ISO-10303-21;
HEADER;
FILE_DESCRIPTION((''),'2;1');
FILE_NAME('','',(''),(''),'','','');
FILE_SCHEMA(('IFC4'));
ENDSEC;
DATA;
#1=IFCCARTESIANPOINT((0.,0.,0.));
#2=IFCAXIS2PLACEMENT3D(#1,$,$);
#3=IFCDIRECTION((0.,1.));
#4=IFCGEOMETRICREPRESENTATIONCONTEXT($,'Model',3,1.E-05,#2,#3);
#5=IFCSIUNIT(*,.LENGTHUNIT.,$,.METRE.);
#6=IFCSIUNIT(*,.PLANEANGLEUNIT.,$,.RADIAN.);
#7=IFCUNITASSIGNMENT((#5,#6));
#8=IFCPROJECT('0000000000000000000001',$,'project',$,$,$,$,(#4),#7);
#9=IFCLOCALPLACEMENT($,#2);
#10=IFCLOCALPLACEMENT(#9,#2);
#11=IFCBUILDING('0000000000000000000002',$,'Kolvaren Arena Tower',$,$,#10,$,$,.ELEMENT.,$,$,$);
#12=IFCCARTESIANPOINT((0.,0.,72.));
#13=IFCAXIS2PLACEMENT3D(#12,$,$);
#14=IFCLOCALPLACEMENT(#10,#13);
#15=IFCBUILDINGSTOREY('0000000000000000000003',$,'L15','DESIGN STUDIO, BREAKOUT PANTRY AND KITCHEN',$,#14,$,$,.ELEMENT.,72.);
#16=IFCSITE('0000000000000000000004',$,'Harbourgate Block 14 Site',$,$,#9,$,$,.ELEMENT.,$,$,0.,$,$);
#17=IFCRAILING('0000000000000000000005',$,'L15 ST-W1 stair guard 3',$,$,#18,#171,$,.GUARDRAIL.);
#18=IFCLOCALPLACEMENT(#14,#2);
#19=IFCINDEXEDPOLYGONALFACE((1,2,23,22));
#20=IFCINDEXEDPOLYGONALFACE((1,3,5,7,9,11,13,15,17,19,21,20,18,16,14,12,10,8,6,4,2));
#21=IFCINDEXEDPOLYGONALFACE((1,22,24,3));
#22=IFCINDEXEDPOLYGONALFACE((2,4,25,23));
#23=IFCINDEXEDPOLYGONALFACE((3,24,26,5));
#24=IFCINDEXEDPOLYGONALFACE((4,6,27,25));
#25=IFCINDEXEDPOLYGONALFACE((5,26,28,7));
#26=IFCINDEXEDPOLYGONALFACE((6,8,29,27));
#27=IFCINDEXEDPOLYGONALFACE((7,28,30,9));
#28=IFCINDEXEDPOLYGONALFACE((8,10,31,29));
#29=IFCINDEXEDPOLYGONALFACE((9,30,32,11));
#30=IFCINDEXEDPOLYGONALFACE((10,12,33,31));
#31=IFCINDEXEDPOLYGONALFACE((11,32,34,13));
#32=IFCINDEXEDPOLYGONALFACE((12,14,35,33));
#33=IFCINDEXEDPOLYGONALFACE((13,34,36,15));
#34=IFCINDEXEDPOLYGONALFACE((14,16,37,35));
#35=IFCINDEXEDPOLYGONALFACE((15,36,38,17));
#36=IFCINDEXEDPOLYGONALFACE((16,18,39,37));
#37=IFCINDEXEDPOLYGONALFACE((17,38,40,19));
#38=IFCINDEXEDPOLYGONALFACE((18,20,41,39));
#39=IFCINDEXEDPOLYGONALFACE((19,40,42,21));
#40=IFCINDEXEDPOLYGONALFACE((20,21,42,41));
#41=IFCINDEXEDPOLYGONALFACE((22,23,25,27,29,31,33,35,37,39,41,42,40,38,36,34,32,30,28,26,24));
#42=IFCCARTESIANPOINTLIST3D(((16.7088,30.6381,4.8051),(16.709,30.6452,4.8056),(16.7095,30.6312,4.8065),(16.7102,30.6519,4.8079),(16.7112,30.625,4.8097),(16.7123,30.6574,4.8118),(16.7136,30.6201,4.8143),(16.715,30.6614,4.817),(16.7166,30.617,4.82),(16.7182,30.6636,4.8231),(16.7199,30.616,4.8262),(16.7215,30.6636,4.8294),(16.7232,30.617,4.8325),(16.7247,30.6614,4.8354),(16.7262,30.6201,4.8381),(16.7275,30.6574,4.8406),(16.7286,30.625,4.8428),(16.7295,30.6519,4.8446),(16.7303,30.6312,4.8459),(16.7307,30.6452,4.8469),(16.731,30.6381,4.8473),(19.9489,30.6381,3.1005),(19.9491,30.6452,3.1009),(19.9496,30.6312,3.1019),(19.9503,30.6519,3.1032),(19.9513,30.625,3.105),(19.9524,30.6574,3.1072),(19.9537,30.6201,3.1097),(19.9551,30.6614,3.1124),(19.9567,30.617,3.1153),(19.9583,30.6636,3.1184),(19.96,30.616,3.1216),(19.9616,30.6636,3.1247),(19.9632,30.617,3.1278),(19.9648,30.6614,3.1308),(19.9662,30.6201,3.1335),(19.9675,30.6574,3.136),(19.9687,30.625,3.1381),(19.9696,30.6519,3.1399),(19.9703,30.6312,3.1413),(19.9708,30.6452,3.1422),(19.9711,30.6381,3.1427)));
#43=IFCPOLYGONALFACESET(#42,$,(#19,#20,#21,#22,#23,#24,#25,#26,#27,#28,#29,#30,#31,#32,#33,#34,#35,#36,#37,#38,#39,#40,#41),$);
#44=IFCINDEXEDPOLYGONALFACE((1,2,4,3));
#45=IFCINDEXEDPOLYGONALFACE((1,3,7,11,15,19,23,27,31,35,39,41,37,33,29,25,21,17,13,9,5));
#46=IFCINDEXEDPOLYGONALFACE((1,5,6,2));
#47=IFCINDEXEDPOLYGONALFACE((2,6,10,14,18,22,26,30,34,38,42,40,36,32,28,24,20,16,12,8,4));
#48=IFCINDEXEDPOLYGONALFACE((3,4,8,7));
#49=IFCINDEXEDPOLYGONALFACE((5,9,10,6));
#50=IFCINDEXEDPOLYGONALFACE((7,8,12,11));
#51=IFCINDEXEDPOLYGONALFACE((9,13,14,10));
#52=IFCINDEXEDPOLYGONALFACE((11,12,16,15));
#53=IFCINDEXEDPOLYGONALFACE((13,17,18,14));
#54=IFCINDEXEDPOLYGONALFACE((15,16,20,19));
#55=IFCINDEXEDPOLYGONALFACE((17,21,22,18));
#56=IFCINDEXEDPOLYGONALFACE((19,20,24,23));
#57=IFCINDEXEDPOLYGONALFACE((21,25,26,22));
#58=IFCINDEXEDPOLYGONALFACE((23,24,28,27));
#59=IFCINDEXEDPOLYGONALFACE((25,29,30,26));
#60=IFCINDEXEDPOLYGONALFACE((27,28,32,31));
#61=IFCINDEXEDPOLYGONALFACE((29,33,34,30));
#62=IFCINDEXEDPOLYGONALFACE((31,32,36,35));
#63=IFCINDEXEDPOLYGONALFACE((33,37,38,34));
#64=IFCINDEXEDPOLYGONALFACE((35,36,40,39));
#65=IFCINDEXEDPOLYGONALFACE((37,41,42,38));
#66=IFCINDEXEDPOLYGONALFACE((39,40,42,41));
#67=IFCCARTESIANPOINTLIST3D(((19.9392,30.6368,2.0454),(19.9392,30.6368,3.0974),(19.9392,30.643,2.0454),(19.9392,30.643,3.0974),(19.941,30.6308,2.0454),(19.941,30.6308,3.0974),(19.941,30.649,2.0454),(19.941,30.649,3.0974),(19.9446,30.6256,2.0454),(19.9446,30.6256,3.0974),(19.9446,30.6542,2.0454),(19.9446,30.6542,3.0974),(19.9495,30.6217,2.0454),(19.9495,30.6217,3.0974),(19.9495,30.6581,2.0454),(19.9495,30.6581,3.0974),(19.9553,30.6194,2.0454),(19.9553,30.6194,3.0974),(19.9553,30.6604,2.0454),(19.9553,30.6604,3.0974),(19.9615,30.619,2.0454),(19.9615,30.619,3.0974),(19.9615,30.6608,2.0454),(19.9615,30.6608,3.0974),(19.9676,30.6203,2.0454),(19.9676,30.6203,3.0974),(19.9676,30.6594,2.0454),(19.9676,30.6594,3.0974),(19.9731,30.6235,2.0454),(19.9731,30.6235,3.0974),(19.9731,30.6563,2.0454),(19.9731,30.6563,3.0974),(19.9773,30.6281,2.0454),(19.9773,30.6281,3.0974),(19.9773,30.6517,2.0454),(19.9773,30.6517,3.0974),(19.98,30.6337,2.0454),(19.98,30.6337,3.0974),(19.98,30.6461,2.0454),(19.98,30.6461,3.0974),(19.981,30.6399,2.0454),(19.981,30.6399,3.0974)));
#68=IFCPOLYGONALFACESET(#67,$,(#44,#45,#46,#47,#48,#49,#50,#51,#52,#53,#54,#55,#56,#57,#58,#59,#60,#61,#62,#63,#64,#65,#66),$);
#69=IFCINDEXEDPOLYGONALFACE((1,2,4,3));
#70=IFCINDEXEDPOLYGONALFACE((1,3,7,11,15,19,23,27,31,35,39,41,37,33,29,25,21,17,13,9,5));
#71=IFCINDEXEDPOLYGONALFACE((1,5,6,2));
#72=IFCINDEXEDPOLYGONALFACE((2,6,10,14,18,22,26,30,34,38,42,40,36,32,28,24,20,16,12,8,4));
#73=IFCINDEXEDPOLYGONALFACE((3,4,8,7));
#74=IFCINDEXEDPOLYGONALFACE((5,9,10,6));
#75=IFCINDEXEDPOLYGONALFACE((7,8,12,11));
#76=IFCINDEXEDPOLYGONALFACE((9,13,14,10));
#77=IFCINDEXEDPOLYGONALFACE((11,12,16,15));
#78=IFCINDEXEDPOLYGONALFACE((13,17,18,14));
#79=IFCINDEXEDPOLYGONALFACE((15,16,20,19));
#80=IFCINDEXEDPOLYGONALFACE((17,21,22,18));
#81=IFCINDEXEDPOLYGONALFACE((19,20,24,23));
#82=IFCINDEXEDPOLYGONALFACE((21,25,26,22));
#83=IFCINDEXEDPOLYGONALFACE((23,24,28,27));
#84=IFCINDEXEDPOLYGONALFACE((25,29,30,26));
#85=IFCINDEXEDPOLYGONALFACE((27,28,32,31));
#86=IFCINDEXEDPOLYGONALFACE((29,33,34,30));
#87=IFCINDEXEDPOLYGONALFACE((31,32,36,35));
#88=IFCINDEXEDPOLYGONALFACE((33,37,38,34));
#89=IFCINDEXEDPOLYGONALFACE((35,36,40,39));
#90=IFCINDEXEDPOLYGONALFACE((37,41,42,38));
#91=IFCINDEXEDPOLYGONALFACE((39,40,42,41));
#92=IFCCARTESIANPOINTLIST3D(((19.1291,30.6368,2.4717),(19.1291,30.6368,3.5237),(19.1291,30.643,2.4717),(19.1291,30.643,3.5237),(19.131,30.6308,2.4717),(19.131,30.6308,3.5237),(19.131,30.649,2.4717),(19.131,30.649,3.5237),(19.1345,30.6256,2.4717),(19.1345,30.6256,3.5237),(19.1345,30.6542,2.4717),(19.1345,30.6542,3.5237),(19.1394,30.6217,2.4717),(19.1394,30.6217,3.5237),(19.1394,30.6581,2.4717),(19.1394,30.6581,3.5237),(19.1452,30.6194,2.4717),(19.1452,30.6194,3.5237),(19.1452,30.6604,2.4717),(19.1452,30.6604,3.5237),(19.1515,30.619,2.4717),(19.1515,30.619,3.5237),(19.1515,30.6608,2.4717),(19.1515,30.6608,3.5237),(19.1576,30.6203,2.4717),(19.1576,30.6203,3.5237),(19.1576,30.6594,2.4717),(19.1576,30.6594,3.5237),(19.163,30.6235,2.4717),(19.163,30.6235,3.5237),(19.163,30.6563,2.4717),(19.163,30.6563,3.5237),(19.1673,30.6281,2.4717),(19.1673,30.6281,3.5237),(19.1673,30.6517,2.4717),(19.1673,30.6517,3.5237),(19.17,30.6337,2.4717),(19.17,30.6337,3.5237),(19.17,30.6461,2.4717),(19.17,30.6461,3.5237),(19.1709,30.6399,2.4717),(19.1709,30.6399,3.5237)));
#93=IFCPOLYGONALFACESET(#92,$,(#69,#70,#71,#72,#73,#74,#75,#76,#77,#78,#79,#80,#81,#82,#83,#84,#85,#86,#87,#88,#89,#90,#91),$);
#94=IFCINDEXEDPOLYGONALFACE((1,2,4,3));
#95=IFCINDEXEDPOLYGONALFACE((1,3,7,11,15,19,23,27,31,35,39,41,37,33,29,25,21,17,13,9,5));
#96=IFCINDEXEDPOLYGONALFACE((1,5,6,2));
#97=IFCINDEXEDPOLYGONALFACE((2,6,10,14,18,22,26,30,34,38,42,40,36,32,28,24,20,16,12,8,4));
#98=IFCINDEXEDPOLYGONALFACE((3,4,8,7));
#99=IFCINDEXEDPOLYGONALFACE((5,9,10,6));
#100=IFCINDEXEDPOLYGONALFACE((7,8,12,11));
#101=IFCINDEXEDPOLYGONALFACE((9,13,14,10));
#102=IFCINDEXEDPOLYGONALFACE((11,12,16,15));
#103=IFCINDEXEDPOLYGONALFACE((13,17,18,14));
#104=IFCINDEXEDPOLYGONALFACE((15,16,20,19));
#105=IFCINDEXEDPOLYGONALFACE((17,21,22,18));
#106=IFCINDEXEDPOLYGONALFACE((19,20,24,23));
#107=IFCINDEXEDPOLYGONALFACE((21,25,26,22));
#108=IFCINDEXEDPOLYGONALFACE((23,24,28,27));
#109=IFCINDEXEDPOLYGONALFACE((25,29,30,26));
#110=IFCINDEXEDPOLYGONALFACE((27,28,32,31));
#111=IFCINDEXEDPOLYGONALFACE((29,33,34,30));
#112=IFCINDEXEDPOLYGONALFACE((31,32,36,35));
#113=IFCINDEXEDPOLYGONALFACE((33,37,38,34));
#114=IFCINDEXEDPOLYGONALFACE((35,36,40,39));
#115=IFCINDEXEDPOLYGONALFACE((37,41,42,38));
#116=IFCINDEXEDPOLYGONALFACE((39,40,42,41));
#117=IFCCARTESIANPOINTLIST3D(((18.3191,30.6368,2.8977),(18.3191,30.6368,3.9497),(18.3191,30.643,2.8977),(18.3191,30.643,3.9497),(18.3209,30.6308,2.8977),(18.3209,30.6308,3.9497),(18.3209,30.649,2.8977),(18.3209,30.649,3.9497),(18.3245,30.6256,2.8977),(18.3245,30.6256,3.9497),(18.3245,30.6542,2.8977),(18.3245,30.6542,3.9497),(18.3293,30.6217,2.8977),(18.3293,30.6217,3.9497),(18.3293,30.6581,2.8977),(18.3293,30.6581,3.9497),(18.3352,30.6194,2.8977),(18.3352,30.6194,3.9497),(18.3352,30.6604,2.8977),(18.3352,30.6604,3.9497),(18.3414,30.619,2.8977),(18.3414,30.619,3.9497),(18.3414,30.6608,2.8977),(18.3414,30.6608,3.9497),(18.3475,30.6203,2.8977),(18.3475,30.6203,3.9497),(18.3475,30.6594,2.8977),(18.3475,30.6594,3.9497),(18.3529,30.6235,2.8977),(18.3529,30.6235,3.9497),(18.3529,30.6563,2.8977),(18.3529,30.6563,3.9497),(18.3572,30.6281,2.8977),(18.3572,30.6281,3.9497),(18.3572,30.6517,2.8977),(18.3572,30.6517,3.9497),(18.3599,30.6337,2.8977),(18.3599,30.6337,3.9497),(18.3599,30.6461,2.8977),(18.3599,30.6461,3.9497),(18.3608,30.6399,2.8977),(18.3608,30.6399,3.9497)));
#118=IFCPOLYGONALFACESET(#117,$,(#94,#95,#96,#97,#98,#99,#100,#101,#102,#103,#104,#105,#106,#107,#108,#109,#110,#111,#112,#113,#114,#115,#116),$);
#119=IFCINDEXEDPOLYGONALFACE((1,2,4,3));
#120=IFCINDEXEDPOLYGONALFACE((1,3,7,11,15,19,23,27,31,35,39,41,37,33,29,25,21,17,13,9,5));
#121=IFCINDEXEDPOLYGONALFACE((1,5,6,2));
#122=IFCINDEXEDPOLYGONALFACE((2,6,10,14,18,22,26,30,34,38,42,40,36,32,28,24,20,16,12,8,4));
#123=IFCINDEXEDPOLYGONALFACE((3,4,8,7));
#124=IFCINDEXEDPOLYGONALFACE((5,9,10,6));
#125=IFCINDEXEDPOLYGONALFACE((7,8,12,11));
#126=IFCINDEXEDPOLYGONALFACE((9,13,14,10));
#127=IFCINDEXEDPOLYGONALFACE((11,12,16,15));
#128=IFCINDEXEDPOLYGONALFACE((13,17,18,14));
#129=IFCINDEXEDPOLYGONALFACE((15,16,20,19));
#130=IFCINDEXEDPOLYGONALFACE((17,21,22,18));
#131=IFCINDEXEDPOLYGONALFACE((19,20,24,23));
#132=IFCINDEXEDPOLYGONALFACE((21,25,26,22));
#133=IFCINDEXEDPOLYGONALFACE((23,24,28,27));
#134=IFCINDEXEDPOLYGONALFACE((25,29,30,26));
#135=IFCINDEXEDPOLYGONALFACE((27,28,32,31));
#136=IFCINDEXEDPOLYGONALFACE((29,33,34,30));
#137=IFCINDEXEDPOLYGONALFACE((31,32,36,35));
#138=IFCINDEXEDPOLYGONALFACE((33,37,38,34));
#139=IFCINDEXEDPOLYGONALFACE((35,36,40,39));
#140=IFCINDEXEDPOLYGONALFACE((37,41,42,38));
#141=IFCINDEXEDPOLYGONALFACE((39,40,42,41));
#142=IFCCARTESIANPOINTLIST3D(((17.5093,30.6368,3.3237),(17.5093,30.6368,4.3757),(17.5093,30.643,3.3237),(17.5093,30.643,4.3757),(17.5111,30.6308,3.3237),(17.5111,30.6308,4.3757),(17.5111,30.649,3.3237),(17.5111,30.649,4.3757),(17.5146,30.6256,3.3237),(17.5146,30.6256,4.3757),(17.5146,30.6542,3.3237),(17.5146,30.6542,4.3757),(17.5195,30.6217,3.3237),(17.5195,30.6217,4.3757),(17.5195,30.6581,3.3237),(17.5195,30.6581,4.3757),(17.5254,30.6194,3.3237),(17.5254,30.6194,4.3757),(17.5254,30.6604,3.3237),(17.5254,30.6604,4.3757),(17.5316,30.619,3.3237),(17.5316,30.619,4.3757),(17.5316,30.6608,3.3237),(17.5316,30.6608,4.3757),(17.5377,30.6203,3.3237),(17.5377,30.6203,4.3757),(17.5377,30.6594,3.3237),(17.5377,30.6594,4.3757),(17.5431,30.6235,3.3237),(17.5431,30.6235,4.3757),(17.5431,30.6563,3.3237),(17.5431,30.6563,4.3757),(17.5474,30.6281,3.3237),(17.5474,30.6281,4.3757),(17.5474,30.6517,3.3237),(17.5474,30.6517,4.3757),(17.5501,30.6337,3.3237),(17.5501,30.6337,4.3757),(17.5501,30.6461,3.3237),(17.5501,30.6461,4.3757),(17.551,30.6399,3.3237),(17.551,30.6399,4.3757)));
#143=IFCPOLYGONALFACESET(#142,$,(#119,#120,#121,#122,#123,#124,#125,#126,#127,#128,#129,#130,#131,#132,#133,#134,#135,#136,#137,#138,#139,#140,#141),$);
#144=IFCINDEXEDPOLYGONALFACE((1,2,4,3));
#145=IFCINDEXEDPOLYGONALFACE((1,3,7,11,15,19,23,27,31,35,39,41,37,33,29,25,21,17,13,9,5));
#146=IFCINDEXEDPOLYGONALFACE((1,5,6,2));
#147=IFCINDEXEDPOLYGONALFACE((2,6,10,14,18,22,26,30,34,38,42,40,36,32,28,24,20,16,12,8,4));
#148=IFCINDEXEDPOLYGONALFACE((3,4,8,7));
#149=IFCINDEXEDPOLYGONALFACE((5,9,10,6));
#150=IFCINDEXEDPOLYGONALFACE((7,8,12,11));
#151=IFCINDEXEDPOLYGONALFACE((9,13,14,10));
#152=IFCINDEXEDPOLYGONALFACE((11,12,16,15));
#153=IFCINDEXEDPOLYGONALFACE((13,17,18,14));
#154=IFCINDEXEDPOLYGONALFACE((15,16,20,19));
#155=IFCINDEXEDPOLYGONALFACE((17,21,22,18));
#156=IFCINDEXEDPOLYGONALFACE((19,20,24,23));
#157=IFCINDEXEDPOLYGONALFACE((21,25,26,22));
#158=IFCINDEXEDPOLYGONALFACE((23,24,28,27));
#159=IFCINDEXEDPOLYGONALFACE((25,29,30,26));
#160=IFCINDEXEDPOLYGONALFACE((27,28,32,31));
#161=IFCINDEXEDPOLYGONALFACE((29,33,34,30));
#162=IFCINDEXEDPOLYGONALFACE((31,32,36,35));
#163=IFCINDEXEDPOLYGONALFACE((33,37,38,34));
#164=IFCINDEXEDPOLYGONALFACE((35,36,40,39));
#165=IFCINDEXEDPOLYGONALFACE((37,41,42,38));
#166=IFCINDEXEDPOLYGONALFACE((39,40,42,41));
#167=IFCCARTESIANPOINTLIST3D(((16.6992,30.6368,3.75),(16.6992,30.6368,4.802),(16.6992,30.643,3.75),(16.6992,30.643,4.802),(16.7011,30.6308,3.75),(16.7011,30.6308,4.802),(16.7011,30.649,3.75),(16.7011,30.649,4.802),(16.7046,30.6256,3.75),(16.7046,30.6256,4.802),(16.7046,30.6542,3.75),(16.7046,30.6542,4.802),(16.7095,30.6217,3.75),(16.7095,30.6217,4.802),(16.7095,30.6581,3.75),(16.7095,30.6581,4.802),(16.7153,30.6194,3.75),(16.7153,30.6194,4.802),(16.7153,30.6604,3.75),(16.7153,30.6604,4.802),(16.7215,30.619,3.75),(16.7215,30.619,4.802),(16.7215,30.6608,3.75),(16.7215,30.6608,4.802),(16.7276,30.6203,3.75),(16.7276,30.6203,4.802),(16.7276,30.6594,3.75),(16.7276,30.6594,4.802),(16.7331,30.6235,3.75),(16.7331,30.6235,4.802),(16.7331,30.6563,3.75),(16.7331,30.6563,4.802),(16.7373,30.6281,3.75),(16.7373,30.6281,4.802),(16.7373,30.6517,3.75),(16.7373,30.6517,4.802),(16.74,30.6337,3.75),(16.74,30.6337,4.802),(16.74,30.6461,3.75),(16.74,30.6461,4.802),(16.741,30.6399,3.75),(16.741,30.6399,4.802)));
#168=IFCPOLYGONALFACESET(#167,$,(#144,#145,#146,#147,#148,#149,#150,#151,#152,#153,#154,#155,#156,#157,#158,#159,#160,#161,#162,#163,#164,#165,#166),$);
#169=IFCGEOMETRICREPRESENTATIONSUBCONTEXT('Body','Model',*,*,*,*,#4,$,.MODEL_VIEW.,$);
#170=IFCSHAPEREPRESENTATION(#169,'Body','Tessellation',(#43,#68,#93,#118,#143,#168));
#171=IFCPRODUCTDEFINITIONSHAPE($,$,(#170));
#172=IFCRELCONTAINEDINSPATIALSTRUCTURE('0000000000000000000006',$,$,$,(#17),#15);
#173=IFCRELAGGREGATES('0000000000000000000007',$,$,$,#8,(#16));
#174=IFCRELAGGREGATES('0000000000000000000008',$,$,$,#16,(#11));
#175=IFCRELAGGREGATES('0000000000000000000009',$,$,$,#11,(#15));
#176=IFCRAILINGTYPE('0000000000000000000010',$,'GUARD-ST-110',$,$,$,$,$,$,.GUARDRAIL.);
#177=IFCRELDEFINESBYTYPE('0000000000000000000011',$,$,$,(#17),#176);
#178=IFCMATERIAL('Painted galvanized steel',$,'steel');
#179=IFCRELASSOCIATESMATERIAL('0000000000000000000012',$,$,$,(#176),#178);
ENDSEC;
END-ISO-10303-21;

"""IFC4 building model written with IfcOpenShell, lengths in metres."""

from ifc_helpers import new_model, si_unit, direction, frame, origin, origin_2d, place, context, subcontext, project, spatial, circle, extrude, material, type_object, element, save


model = new_model("IFC4")

# Units and contexts
model_context = context("Model", 3, precision=1e-05, world=origin(), true_north=direction((0.0, 1.0)))
body_context = subcontext(model_context, "Body", "Model", "MODEL_VIEW")
ifc_project = project(units=[si_unit("LENGTHUNIT", "METRE"), si_unit("PLANEANGLEUNIT", "RADIAN")], contexts=[model_context])

# Site, building, storey
site_placement = place(None, origin())
site = spatial("IfcSite", under=ifc_project, at=site_placement, Name="Harbourgate Block 14 Site", CompositionType="ELEMENT", RefElevation=0.0)
building_placement = place(site_placement, origin())
building = spatial("IfcBuilding", under=site, at=building_placement, Name="Kolvaren Arena Tower", CompositionType="ELEMENT")
storey_placement = place(building_placement, frame((0.0, 0.0, 72.0)))
storey = spatial("IfcBuildingStorey", under=building, at=storey_placement, Name="L15", Description="DESIGN STUDIO, BREAKOUT PANTRY AND KITCHEN", CompositionType="ELEMENT", Elevation=72.0)

# Railing
ifc_material_1 = material(Name="Painted galvanized steel", Category="steel")
railing_type = type_object("IfcRailingType", Name="GUARD-ST-110", PredefinedType="GUARDRAIL", material=ifc_material_1)
railing_1_placement = place(storey_placement, frame((19.96, 30.6399, 2.0454)))
element("IfcRailing", 1, at=railing_1_placement, inside=storey, type_object=railing_type, Name="L15 ST-W1 stair guard 3", PredefinedType="GUARDRAIL", context=body_context, shape_type="SweptSolid", body=[
    extrude(circle(Radius=0.0239, at=origin_2d()), frame((0.0, 0.0, 1.0762), z_axis=(-0.884993, 0.0, 0.465604), x_axis=(0.0, -1.0, 0.0)), (0.0, 0.0, 1.0), 3.6611),
    extrude(circle(Radius=0.021, at=origin_2d()), origin(), (0.0, 0.0, 1.0), 1.052),
    extrude(circle(Radius=0.021, at=origin_2d()), frame((-0.8101, 0.0, 0.4263)), (0.0, 0.0, 1.0), 1.052),
    extrude(circle(Radius=0.021, at=origin_2d()), frame((-1.6201, 0.0, 0.8523)), (0.0, 0.0, 1.0), 1.052),
    extrude(circle(Radius=0.021, at=origin_2d()), frame((-2.4299, 0.0, 1.2783)), (0.0, 0.0, 1.0), 1.052),
    extrude(circle(Radius=0.021, at=origin_2d()), frame((-3.24, 0.0, 1.7046)), (0.0, 0.0, 1.0), 1.052),
])

save(model, "model.ifc")
